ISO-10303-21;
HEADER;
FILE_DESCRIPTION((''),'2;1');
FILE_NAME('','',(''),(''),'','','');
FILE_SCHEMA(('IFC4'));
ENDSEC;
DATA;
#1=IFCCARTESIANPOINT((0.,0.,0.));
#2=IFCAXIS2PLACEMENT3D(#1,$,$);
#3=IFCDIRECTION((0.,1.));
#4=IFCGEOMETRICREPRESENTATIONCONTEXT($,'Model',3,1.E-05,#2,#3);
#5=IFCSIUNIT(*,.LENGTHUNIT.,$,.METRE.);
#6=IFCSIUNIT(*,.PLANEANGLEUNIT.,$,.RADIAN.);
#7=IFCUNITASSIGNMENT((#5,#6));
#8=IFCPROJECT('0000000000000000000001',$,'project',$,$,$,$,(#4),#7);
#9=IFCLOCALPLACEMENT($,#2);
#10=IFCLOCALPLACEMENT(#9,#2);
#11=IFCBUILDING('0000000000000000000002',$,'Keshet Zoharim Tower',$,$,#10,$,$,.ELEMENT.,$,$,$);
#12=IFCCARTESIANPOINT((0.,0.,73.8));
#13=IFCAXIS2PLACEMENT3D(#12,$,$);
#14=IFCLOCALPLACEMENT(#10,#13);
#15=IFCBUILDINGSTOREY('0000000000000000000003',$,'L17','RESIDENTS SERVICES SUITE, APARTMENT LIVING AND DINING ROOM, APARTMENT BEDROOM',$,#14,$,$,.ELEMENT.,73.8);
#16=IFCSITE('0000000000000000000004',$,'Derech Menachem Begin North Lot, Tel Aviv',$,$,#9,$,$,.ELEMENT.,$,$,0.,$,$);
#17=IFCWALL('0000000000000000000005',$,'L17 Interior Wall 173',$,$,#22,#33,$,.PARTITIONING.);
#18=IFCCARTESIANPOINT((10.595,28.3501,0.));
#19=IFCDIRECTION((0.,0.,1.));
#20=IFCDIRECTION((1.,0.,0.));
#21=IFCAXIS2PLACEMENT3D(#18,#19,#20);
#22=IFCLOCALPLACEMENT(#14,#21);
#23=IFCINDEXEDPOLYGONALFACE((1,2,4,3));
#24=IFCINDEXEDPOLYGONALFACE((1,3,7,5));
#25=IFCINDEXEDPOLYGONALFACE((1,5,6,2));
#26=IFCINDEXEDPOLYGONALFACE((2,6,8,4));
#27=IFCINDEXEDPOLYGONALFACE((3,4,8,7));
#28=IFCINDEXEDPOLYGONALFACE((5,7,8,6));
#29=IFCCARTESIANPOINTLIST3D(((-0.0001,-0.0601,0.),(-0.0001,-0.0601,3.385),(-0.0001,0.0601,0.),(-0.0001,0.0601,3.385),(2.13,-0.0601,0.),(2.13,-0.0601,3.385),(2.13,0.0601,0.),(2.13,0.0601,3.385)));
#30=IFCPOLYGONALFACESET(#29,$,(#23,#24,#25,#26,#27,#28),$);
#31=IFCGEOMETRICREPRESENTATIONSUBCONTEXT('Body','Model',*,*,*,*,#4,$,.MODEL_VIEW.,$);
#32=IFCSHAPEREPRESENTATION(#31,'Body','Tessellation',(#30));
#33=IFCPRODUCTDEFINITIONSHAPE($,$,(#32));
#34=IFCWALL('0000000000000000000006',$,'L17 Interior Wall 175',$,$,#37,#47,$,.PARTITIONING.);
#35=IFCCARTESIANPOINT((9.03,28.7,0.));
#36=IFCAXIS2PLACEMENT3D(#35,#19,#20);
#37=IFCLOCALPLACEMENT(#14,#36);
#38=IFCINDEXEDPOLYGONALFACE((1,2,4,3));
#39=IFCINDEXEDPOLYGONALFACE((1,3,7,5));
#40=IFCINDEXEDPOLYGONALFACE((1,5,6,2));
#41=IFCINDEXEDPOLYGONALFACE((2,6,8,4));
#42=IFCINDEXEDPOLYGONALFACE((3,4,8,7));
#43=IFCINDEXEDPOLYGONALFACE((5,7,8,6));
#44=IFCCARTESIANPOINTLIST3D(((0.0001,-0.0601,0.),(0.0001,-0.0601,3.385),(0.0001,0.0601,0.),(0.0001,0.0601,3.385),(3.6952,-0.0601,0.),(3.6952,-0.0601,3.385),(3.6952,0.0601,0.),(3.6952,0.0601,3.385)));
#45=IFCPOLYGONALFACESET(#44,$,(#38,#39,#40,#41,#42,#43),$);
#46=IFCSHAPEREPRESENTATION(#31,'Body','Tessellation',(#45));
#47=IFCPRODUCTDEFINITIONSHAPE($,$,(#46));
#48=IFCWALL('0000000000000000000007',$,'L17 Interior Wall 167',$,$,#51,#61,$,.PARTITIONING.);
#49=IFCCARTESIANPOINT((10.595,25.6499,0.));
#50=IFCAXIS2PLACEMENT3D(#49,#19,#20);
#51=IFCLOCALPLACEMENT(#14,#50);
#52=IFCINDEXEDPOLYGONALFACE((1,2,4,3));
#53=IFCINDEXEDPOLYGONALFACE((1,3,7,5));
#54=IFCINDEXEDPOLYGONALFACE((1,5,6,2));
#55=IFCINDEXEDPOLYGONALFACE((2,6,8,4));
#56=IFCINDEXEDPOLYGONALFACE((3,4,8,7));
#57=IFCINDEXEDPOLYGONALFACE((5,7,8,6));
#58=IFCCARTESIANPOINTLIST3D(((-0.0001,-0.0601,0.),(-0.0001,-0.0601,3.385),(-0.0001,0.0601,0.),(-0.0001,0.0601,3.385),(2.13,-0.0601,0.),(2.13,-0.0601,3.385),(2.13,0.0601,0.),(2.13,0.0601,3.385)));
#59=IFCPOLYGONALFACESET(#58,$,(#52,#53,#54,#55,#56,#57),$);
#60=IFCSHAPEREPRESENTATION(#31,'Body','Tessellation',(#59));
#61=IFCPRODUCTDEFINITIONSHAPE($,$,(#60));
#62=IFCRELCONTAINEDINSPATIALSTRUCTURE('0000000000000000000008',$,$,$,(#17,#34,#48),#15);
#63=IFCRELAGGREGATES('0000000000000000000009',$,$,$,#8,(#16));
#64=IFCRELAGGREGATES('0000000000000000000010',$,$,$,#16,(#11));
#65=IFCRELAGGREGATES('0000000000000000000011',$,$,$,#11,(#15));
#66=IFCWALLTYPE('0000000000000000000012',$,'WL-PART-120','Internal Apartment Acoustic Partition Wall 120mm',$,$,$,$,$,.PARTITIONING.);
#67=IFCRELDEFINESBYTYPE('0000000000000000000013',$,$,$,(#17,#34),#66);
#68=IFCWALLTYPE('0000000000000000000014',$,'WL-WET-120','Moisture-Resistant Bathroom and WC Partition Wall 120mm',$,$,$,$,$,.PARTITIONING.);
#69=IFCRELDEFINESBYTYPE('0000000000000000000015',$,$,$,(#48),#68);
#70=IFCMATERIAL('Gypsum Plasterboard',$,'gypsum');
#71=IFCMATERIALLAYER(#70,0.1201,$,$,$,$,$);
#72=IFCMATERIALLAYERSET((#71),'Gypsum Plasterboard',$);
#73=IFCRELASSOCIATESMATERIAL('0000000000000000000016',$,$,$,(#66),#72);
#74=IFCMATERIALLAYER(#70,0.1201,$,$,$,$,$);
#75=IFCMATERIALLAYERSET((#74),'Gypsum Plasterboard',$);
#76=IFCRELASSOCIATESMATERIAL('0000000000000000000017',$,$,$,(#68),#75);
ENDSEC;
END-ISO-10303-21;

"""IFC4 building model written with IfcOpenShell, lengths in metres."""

from ifc_helpers import new_model, si_unit, direction, frame, frame_2d, origin, place, context, subcontext, project, spatial, rectangle, extrude, material, layer, layer_set, type_object, element, save


model = new_model("IFC4")

# Units and contexts
model_context = context("Model", 3, precision=1e-05, world=origin(), true_north=direction((0.0, 1.0)))
body_context = subcontext(model_context, "Body", "Model", "MODEL_VIEW")
ifc_project = project(units=[si_unit("LENGTHUNIT", "METRE"), si_unit("PLANEANGLEUNIT", "RADIAN")], contexts=[model_context])

# Site, building, storey
site_placement = place(None, origin())
site = spatial("IfcSite", under=ifc_project, at=site_placement, Name="Derech Menachem Begin North Lot, Tel Aviv", CompositionType="ELEMENT", RefElevation=0.0)
building_placement = place(site_placement, origin())
building = spatial("IfcBuilding", under=site, at=building_placement, Name="Keshet Zoharim Tower", CompositionType="ELEMENT")
storey_placement = place(building_placement, frame((0.0, 0.0, 73.8)))
storey = spatial("IfcBuildingStorey", under=building, at=storey_placement, Name="L17", Description="RESIDENTS SERVICES SUITE, APARTMENT LIVING AND DINING ROOM, APARTMENT BEDROOM", CompositionType="ELEMENT", Elevation=73.8)

# Shared definitions
ifc_material_1 = material(Name="Gypsum Plasterboard", Category="gypsum")

# Shared definitions
ifc_layer_1 = layer(ifc_material_1, 0.1201)
ifc_layer_set_1 = layer_set([ifc_layer_1], Name="Gypsum Plasterboard")
wall_type_1 = type_object("IfcWallType", Name="WL-PART-120", Description="Internal Apartment Acoustic Partition Wall 120mm", PredefinedType="PARTITIONING", material=ifc_layer_set_1)

# Walls
wall_1_placement = place(storey_placement, frame((10.595, 28.3501, 0.0), z_axis=(0.0, 0.0, 1.0), x_axis=(1.0, 0.0, 0.0)))
element("IfcWall", 1, at=wall_1_placement, inside=storey, type_object=wall_type_1, Name="L17 Interior Wall 173", PredefinedType="PARTITIONING", context=body_context, shape_type="SweptSolid", body=[
    extrude(rectangle(XDim=2.1301, YDim=0.1201, at=frame_2d((1.0649, 0.0))), origin(), (0.0, 0.0, 1.0), 3.385),
])
wall_2_placement = place(storey_placement, frame((9.03, 28.7, 0.0), z_axis=(0.0, 0.0, 1.0), x_axis=(1.0, 0.0, 0.0)))
element("IfcWall", 2, at=wall_2_placement, inside=storey, type_object=wall_type_1, Name="L17 Interior Wall 175", PredefinedType="PARTITIONING", context=body_context, shape_type="SweptSolid", body=[
    extrude(rectangle(XDim=3.6951, YDim=0.1201, at=frame_2d((1.8477, 0.0))), origin(), (0.0, 0.0, 1.0), 3.385),
])

# Wall
ifc_layer_2 = layer(ifc_material_1, 0.1201)
ifc_layer_set_2 = layer_set([ifc_layer_2], Name="Gypsum Plasterboard")
wall_type_2 = type_object("IfcWallType", Name="WL-WET-120", Description="Moisture-Resistant Bathroom and WC Partition Wall 120mm", PredefinedType="PARTITIONING", material=ifc_layer_set_2)
wall_3_placement = place(storey_placement, frame((10.595, 25.6499, 0.0), z_axis=(0.0, 0.0, 1.0), x_axis=(1.0, 0.0, 0.0)))
element("IfcWall", 3, at=wall_3_placement, inside=storey, type_object=wall_type_2, Name="L17 Interior Wall 167", PredefinedType="PARTITIONING", context=body_context, shape_type="SweptSolid", body=[
    extrude(rectangle(XDim=2.1301, YDim=0.1201, at=frame_2d((1.0649, 0.0))), origin(), (0.0, 0.0, 1.0), 3.385),
])

save(model, "model.ifc")
